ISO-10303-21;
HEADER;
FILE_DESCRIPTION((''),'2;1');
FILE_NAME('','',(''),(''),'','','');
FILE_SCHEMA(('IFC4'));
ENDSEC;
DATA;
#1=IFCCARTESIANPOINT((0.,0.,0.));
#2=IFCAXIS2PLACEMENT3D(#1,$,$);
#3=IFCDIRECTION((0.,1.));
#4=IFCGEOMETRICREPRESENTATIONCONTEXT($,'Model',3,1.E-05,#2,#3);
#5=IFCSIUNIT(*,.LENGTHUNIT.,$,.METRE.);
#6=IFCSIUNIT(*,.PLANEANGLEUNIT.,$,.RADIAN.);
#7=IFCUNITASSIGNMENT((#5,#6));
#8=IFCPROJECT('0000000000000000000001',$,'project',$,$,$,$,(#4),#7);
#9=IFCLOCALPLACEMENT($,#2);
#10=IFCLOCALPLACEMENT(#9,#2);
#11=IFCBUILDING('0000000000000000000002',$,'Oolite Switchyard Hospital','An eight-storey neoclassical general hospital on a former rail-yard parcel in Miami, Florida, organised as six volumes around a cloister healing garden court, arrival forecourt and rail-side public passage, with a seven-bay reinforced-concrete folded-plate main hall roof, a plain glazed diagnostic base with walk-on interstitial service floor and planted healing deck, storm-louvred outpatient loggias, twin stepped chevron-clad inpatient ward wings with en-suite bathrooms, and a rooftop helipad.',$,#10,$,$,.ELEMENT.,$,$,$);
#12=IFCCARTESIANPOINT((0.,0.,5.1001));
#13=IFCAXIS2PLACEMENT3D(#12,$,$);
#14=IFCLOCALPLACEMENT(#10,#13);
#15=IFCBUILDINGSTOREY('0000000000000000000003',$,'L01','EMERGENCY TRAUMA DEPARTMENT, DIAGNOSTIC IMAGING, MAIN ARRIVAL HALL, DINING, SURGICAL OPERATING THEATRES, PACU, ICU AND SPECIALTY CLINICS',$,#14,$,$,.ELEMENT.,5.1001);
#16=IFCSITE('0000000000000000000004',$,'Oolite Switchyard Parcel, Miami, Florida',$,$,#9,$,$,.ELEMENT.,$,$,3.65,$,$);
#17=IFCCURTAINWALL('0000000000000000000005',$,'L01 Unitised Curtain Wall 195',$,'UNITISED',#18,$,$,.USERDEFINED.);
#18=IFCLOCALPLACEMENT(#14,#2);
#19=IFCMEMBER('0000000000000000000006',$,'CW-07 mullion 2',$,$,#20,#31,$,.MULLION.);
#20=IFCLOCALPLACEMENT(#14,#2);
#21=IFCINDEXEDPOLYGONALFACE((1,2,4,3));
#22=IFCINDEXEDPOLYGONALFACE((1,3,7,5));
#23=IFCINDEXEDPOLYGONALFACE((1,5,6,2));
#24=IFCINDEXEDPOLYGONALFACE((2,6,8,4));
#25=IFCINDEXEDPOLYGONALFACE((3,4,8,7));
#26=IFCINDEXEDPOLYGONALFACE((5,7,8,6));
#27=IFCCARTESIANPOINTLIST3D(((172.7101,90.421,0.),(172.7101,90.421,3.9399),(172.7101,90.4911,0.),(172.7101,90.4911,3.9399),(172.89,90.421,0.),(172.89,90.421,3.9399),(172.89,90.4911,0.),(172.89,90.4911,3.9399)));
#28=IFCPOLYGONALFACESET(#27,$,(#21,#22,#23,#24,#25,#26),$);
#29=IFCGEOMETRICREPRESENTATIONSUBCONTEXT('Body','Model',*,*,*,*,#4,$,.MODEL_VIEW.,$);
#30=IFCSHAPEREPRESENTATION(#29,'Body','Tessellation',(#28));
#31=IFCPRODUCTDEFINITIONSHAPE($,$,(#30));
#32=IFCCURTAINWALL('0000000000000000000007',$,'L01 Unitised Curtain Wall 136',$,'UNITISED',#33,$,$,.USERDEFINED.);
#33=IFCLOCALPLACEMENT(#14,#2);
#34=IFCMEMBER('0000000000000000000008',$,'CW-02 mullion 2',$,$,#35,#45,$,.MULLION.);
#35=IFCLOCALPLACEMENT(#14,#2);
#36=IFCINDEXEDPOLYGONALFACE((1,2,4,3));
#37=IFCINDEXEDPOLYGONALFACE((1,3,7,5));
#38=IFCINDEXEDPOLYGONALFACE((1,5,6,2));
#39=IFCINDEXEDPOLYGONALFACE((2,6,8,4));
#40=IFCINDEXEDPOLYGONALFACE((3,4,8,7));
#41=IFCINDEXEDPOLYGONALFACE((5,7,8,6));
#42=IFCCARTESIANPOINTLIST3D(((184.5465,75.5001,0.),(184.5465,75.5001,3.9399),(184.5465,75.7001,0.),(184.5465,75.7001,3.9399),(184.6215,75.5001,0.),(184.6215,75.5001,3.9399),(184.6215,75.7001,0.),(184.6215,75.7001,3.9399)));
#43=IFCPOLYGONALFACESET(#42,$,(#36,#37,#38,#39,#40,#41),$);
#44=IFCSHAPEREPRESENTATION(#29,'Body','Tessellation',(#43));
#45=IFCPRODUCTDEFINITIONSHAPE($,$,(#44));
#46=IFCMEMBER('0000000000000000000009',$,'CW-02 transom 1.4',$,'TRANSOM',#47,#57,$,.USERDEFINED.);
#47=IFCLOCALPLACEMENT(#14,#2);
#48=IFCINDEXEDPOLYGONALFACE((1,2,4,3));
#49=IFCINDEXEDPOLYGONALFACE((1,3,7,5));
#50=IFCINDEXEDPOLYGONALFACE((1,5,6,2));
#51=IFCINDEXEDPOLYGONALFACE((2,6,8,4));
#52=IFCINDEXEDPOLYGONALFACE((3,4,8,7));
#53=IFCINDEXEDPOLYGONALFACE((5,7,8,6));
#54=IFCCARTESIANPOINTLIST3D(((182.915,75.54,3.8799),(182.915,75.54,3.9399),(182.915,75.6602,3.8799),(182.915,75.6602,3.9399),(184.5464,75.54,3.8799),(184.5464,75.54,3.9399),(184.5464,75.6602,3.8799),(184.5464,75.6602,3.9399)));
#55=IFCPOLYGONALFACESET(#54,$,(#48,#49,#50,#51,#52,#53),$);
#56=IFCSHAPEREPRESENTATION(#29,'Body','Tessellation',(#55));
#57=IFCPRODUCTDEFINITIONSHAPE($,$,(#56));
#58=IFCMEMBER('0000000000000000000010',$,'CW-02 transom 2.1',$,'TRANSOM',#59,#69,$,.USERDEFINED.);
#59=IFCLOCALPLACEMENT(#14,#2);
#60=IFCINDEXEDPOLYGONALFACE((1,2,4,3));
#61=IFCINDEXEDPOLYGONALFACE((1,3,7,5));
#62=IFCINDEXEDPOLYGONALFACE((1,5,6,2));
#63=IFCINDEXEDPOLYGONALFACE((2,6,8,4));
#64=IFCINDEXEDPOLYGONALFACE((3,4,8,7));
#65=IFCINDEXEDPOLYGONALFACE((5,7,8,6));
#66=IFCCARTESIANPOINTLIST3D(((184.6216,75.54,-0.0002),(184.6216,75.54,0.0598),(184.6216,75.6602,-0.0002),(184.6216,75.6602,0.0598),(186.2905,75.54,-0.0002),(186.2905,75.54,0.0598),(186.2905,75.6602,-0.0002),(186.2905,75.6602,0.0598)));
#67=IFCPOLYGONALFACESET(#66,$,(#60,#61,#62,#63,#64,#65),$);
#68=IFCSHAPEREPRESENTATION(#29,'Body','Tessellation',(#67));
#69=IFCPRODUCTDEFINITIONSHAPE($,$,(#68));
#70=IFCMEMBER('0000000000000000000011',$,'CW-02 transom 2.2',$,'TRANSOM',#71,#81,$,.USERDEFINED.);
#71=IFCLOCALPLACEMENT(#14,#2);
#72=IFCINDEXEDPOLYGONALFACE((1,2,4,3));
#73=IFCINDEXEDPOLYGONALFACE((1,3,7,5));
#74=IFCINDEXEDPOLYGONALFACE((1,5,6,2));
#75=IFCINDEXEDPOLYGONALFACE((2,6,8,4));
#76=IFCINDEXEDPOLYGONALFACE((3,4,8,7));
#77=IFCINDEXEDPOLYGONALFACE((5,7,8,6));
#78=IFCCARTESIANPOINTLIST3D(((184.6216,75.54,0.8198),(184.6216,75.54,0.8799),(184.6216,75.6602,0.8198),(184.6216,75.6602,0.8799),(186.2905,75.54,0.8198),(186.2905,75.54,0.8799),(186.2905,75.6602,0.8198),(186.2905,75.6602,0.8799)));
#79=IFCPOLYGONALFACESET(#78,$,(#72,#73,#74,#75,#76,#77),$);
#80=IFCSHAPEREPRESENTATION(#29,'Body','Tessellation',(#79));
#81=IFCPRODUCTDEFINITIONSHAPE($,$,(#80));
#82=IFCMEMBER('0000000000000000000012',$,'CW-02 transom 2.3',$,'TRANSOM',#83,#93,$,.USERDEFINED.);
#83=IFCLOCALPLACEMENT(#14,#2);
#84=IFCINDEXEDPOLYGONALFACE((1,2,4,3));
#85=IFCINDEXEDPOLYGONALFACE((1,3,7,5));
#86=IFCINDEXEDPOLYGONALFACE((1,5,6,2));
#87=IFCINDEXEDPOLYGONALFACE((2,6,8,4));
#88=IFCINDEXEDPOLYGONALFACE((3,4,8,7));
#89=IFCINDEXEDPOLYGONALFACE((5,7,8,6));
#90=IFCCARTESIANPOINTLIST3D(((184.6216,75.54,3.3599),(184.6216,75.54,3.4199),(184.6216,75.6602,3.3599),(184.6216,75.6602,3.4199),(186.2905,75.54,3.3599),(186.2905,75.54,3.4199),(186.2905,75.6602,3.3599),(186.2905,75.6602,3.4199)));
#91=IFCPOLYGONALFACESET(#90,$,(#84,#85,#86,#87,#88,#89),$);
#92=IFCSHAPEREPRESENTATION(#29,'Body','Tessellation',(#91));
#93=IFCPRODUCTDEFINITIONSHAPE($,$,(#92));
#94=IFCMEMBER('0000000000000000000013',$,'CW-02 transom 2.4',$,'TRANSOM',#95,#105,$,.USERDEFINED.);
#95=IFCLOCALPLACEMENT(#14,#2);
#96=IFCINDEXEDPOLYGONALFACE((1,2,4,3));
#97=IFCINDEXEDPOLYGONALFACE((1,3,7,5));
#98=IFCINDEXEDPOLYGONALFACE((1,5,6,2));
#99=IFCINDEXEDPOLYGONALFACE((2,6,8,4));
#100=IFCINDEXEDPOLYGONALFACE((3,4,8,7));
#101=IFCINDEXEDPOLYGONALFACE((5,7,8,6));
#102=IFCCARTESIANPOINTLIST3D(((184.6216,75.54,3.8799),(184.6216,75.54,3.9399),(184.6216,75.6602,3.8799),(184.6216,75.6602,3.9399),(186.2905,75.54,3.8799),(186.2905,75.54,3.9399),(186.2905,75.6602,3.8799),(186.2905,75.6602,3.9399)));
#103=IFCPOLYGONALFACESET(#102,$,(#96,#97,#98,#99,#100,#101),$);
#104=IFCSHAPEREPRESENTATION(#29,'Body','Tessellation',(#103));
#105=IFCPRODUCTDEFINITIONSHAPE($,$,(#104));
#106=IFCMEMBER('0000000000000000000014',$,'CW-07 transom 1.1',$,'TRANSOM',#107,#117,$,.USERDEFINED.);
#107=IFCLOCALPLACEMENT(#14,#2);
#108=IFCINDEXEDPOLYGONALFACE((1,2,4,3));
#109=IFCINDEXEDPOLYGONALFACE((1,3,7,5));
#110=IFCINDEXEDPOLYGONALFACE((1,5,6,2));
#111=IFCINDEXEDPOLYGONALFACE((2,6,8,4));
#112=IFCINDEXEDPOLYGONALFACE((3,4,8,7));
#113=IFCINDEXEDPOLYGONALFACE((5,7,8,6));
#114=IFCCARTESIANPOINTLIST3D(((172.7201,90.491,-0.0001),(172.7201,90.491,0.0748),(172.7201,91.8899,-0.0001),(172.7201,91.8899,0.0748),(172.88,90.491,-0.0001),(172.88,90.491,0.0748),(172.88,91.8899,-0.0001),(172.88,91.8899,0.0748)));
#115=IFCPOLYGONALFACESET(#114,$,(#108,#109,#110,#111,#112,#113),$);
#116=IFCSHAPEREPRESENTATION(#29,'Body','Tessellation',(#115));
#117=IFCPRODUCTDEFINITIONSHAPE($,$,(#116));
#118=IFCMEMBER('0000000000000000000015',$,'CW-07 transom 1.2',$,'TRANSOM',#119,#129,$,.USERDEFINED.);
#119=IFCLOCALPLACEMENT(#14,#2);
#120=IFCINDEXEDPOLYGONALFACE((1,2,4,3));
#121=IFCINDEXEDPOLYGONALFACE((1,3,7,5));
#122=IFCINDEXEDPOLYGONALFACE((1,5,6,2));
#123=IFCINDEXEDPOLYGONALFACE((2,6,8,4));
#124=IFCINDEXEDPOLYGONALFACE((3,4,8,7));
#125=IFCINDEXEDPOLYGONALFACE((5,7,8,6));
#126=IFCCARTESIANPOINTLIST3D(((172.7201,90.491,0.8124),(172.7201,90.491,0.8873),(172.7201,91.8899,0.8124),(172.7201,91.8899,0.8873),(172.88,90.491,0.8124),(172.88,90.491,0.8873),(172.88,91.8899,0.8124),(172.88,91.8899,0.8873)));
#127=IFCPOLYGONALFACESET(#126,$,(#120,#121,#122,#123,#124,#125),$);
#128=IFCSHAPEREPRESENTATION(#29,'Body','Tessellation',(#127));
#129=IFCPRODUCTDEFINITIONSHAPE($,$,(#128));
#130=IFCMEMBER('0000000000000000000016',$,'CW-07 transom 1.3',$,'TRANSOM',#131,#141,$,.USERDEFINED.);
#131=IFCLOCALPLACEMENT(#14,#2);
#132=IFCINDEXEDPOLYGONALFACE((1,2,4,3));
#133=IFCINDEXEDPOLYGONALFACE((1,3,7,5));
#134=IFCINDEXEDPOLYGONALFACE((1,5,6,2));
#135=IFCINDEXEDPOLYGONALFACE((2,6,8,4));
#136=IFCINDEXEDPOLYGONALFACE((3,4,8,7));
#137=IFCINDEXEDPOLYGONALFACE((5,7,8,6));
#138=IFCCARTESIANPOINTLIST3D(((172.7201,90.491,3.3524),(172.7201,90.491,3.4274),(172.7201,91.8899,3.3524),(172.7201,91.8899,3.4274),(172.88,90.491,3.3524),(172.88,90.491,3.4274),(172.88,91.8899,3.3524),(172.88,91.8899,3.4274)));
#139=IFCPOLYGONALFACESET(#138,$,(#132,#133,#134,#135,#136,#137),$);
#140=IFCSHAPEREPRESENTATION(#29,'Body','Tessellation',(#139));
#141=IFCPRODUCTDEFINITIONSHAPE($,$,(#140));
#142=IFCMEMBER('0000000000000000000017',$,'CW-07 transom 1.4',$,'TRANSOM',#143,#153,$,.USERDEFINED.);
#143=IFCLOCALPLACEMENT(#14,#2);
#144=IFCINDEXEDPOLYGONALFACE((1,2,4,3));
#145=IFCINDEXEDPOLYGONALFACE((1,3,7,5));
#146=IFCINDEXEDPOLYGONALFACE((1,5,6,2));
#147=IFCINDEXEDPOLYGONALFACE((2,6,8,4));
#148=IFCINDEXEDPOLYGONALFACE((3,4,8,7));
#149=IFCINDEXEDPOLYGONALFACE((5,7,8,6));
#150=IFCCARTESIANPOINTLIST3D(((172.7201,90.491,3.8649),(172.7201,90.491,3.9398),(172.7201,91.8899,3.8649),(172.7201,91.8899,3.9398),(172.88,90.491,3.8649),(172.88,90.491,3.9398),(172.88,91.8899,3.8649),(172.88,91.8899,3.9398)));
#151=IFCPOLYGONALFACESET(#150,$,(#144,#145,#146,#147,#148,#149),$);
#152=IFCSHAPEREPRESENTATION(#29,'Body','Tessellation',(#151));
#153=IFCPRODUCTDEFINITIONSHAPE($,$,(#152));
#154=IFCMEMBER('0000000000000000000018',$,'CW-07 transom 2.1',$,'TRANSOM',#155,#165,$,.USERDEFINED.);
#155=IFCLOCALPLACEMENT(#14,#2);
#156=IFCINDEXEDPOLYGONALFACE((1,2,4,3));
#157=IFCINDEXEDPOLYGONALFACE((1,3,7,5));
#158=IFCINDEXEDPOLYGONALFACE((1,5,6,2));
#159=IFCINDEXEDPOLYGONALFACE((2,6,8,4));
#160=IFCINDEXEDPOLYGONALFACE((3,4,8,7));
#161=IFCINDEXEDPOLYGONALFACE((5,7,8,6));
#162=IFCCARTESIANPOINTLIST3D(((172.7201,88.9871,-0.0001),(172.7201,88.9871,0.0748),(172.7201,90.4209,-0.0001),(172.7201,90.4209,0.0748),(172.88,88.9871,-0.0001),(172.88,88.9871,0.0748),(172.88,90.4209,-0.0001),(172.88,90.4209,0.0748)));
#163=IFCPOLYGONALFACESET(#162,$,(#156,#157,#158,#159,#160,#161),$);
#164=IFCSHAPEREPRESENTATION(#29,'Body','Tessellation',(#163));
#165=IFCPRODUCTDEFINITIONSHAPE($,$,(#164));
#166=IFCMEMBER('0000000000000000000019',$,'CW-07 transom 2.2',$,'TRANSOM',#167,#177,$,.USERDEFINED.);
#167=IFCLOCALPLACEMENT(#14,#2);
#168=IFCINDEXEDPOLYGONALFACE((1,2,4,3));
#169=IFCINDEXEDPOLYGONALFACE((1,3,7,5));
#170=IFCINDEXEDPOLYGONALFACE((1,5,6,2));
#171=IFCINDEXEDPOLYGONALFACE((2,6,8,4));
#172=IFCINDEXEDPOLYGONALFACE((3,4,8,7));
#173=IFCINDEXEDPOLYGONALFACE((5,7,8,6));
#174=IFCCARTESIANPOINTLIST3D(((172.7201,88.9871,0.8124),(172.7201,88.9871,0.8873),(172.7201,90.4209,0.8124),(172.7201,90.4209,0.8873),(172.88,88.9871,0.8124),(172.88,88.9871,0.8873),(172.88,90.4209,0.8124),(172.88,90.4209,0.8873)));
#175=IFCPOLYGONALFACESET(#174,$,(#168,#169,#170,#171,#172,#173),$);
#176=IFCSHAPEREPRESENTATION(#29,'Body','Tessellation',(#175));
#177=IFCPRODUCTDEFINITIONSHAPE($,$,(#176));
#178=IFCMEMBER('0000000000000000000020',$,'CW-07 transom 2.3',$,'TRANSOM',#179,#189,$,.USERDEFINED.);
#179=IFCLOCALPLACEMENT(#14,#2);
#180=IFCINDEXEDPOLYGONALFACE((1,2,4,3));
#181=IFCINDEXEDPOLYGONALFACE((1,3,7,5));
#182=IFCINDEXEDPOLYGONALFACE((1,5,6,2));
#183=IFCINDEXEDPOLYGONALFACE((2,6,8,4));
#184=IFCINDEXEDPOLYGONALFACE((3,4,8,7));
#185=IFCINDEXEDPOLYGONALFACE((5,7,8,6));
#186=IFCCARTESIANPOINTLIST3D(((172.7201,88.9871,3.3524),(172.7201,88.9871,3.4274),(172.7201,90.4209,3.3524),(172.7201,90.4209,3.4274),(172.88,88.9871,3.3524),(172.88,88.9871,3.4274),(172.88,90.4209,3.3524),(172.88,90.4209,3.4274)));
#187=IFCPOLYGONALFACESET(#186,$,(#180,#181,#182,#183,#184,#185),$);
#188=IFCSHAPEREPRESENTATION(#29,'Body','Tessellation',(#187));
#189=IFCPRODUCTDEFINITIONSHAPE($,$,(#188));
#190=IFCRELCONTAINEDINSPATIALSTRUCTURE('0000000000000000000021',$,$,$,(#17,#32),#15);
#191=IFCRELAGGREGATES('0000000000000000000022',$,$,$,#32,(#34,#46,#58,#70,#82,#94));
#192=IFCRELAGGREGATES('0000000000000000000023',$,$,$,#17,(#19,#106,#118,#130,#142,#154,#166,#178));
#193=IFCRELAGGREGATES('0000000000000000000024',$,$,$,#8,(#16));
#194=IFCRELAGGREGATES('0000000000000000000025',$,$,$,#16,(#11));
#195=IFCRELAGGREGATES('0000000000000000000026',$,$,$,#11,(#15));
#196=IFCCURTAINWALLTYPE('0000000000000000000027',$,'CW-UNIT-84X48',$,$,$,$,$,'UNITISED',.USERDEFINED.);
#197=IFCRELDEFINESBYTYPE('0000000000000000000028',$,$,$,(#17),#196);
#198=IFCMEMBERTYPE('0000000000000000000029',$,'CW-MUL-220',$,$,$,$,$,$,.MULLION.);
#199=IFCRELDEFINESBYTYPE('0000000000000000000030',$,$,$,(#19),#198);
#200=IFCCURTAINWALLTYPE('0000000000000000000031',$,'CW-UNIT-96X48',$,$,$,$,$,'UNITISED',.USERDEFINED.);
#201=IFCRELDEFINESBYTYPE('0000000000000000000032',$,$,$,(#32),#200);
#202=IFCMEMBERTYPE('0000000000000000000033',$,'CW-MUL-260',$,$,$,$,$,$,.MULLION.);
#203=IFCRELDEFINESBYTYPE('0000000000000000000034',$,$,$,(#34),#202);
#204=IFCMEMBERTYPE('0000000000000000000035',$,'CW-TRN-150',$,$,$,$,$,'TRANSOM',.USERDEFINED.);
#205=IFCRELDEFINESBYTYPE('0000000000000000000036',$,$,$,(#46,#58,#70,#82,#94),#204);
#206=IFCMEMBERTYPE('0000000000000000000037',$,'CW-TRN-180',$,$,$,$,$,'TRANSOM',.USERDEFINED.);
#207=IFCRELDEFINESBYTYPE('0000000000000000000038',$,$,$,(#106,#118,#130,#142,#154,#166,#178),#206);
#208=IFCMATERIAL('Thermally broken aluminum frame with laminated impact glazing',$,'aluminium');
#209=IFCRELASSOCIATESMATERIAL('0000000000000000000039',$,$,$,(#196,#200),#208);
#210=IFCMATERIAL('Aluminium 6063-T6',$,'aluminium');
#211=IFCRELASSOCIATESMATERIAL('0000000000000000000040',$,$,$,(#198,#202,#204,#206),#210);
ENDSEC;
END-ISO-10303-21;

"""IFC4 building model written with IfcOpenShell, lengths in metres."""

from ifc_helpers import new_model, si_unit, direction, frame, origin, origin_2d, place, context, subcontext, project, spatial, rectangle, extrude, material, material_profile, profile_set, type_object, element, aggregate, save


model = new_model("IFC4")

# Units and contexts
model_context = context("Model", 3, precision=1e-05, world=origin(), true_north=direction((0.0, 1.0)))
body_context = subcontext(model_context, "Body", "Model", "MODEL_VIEW")
ifc_project = project(units=[si_unit("LENGTHUNIT", "METRE"), si_unit("PLANEANGLEUNIT", "RADIAN")], contexts=[model_context])

# Site, building, storey
site_placement = place(None, origin())
site = spatial("IfcSite", under=ifc_project, at=site_placement, Name="Oolite Switchyard Parcel, Miami, Florida", CompositionType="ELEMENT", RefElevation=3.65)
building_placement = place(site_placement, origin())
building = spatial("IfcBuilding", under=site, at=building_placement, Name="Oolite Switchyard Hospital", Description="An eight-storey neoclassical general hospital on a former rail-yard parcel in Miami, Florida, organised as six volumes around a cloister healing garden court, arrival forecourt and rail-side public passage, with a seven-bay reinforced-concrete folded-plate main hall roof, a plain glazed diagnostic base with walk-on interstitial service floor and planted healing deck, storm-louvred outpatient loggias, twin stepped chevron-clad inpatient ward wings with en-suite bathrooms, and a rooftop helipad.", CompositionType="ELEMENT")
storey_placement = place(building_placement, frame((0.0, 0.0, 5.1001)))
storey = spatial("IfcBuildingStorey", under=building, at=storey_placement, Name="L01", Description="EMERGENCY TRAUMA DEPARTMENT, DIAGNOSTIC IMAGING, MAIN ARRIVAL HALL, DINING, SURGICAL OPERATING THEATRES, PACU, ICU AND SPECIALTY CLINICS", CompositionType="ELEMENT", Elevation=5.1001)

# Curtain wall, member
ifc_material_1 = material(Name="Thermally broken aluminum frame with laminated impact glazing", Category="aluminium")
curtain_wall_type_1 = type_object("IfcCurtainWallType", Name="CW-UNIT-84X48", ElementType="UNITISED", PredefinedType="USERDEFINED", material=ifc_material_1)
curtain_wall_1_placement = place(storey_placement, origin())
curtain_wall_1 = element("IfcCurtainWall", 1, at=curtain_wall_1_placement, inside=storey, type_object=curtain_wall_type_1, Name="L01 Unitised Curtain Wall 195", ObjectType="UNITISED", PredefinedType="USERDEFINED")
ifc_material_2 = material(Name="Aluminium 6063-T6", Category="aluminium")
ifc_material_profile_1 = material_profile(ifc_material_2, rectangle(XDim=0.1799, YDim=0.0701, at=origin_2d()), Name="CWM70X180")
ifc_profile_set_1 = profile_set([ifc_material_profile_1], Name="Aluminium 6063-T6")
member_type_1 = type_object("IfcMemberType", Name="CW-MUL-220", PredefinedType="MULLION", material=ifc_profile_set_1)
member_1_placement = place(storey_placement, frame((172.8, 90.4561, 0.0), z_axis=(0.0, 0.0, 1.0), x_axis=(1.0, 0.0, 0.0)))
member_1 = element("IfcMember", 2, at=member_1_placement, type_object=member_type_1, Name="CW-07 mullion 2", PredefinedType="MULLION", context=body_context, shape_type="SweptSolid", body=[
    extrude(rectangle(XDim=0.1799, YDim=0.0701, at=origin_2d()), origin(), (0.0, 0.0, 1.0), 3.9399),
])

# Curtain wall, members
curtain_wall_type_2 = type_object("IfcCurtainWallType", Name="CW-UNIT-96X48", ElementType="UNITISED", PredefinedType="USERDEFINED", material=ifc_material_1)
curtain_wall_2_placement = place(storey_placement, origin())
curtain_wall_2 = element("IfcCurtainWall", 3, at=curtain_wall_2_placement, inside=storey, type_object=curtain_wall_type_2, Name="L01 Unitised Curtain Wall 136", ObjectType="UNITISED", PredefinedType="USERDEFINED")
ifc_material_profile_2 = material_profile(ifc_material_2, rectangle(XDim=0.2, YDim=0.075, at=origin_2d()), Name="CWM75X200")
ifc_profile_set_2 = profile_set([ifc_material_profile_2], Name="Aluminium 6063-T6")
member_type_2 = type_object("IfcMemberType", Name="CW-MUL-260", PredefinedType="MULLION", material=ifc_profile_set_2)
member_2_placement = place(storey_placement, frame((184.584, 75.6001, 0.0), z_axis=(0.0, 0.0, 1.0), x_axis=(0.0, 1.0, 0.0)))
member_2 = element("IfcMember", 4, at=member_2_placement, type_object=member_type_2, Name="CW-02 mullion 2", PredefinedType="MULLION", context=body_context, shape_type="SweptSolid", body=[
    extrude(rectangle(XDim=0.2, YDim=0.075, at=origin_2d()), origin(), (0.0, 0.0, 1.0), 3.9399),
])
ifc_material_profile_3 = material_profile(ifc_material_2, rectangle(XDim=0.1201, YDim=0.0601, at=origin_2d()), Name="CWT60X120")
ifc_profile_set_3 = profile_set([ifc_material_profile_3], Name="Aluminium 6063-T6")
member_type_3 = type_object("IfcMemberType", Name="CW-TRN-150", ElementType="TRANSOM", PredefinedType="USERDEFINED", material=ifc_profile_set_3)
member_3_placement = place(storey_placement, frame((182.915, 75.6001, 3.9099), z_axis=(1.0, 0.0, 0.0), x_axis=(0.0, 1.0, 0.0)))
member_3 = element("IfcMember", 5, at=member_3_placement, type_object=member_type_3, Name="CW-02 transom 1.4", ObjectType="TRANSOM", PredefinedType="USERDEFINED", context=body_context, shape_type="SweptSolid", body=[
    extrude(rectangle(XDim=0.1201, YDim=0.0601, at=origin_2d()), origin(), (0.0, 0.0, 1.0), 1.6313),
])
member_4_placement = place(storey_placement, frame((184.6216, 75.6001, 0.0298), z_axis=(1.0, 0.0, 0.0), x_axis=(0.0, 1.0, 0.0)))
member_4 = element("IfcMember", 6, at=member_4_placement, type_object=member_type_3, Name="CW-02 transom 2.1", ObjectType="TRANSOM", PredefinedType="USERDEFINED", context=body_context, shape_type="SweptSolid", body=[
    extrude(rectangle(XDim=0.1201, YDim=0.0601, at=origin_2d()), origin(), (0.0, 0.0, 1.0), 1.6689),
])
member_5_placement = place(storey_placement, frame((184.6216, 75.6001, 0.8499), z_axis=(1.0, 0.0, 0.0), x_axis=(0.0, 1.0, 0.0)))
member_5 = element("IfcMember", 7, at=member_5_placement, type_object=member_type_3, Name="CW-02 transom 2.2", ObjectType="TRANSOM", PredefinedType="USERDEFINED", context=body_context, shape_type="SweptSolid", body=[
    extrude(rectangle(XDim=0.1201, YDim=0.0601, at=origin_2d()), origin(), (0.0, 0.0, 1.0), 1.6689),
])
member_6_placement = place(storey_placement, frame((184.6216, 75.6001, 3.3899), z_axis=(1.0, 0.0, 0.0), x_axis=(0.0, 1.0, 0.0)))
member_6 = element("IfcMember", 8, at=member_6_placement, type_object=member_type_3, Name="CW-02 transom 2.3", ObjectType="TRANSOM", PredefinedType="USERDEFINED", context=body_context, shape_type="SweptSolid", body=[
    extrude(rectangle(XDim=0.1201, YDim=0.0601, at=origin_2d()), origin(), (0.0, 0.0, 1.0), 1.6689),
])
member_7_placement = place(storey_placement, frame((184.6216, 75.6001, 3.9099), z_axis=(1.0, 0.0, 0.0), x_axis=(0.0, 1.0, 0.0)))
member_7 = element("IfcMember", 9, at=member_7_placement, type_object=member_type_3, Name="CW-02 transom 2.4", ObjectType="TRANSOM", PredefinedType="USERDEFINED", context=body_context, shape_type="SweptSolid", body=[
    extrude(rectangle(XDim=0.1201, YDim=0.0601, at=origin_2d()), origin(), (0.0, 0.0, 1.0), 1.6689),
])

# Members
ifc_material_profile_4 = material_profile(ifc_material_2, rectangle(XDim=0.1599, YDim=0.075, at=origin_2d()), Name="CWT75X160")
ifc_profile_set_4 = profile_set([ifc_material_profile_4], Name="Aluminium 6063-T6")
member_type_4 = type_object("IfcMemberType", Name="CW-TRN-180", ElementType="TRANSOM", PredefinedType="USERDEFINED", material=ifc_profile_set_4)
member_8_placement = place(storey_placement, frame((172.8, 91.8899, 0.0374), z_axis=(0.0, -1.0, 0.0), x_axis=(1.0, 0.0, 0.0)))
member_8 = element("IfcMember", 10, at=member_8_placement, type_object=member_type_4, Name="CW-07 transom 1.1", ObjectType="TRANSOM", PredefinedType="USERDEFINED", context=body_context, shape_type="SweptSolid", body=[
    extrude(rectangle(XDim=0.1599, YDim=0.075, at=origin_2d()), origin(), (0.0, 0.0, 1.0), 1.3989),
])
member_9_placement = place(storey_placement, frame((172.8, 91.8899, 0.8499), z_axis=(0.0, -1.0, 0.0), x_axis=(1.0, 0.0, 0.0)))
member_9 = element("IfcMember", 11, at=member_9_placement, type_object=member_type_4, Name="CW-07 transom 1.2", ObjectType="TRANSOM", PredefinedType="USERDEFINED", context=body_context, shape_type="SweptSolid", body=[
    extrude(rectangle(XDim=0.1599, YDim=0.075, at=origin_2d()), origin(), (0.0, 0.0, 1.0), 1.3989),
])
member_10_placement = place(storey_placement, frame((172.8, 91.8899, 3.3899), z_axis=(0.0, -1.0, 0.0), x_axis=(1.0, 0.0, 0.0)))
member_10 = element("IfcMember", 12, at=member_10_placement, type_object=member_type_4, Name="CW-07 transom 1.3", ObjectType="TRANSOM", PredefinedType="USERDEFINED", context=body_context, shape_type="SweptSolid", body=[
    extrude(rectangle(XDim=0.1599, YDim=0.075, at=origin_2d()), origin(), (0.0, 0.0, 1.0), 1.3989),
])
member_11_placement = place(storey_placement, frame((172.8, 91.8899, 3.9023), z_axis=(0.0, -1.0, 0.0), x_axis=(1.0, 0.0, 0.0)))
member_11 = element("IfcMember", 13, at=member_11_placement, type_object=member_type_4, Name="CW-07 transom 1.4", ObjectType="TRANSOM", PredefinedType="USERDEFINED", context=body_context, shape_type="SweptSolid", body=[
    extrude(rectangle(XDim=0.1599, YDim=0.075, at=origin_2d()), origin(), (0.0, 0.0, 1.0), 1.3989),
])
member_12_placement = place(storey_placement, frame((172.8, 90.4209, 0.0374), z_axis=(0.0, -1.0, 0.0), x_axis=(1.0, 0.0, 0.0)))
member_12 = element("IfcMember", 14, at=member_12_placement, type_object=member_type_4, Name="CW-07 transom 2.1", ObjectType="TRANSOM", PredefinedType="USERDEFINED", context=body_context, shape_type="SweptSolid", body=[
    extrude(rectangle(XDim=0.1599, YDim=0.075, at=origin_2d()), origin(), (0.0, 0.0, 1.0), 1.4338),
])
member_13_placement = place(storey_placement, frame((172.8, 90.4209, 0.8499), z_axis=(0.0, -1.0, 0.0), x_axis=(1.0, 0.0, 0.0)))
member_13 = element("IfcMember", 15, at=member_13_placement, type_object=member_type_4, Name="CW-07 transom 2.2", ObjectType="TRANSOM", PredefinedType="USERDEFINED", context=body_context, shape_type="SweptSolid", body=[
    extrude(rectangle(XDim=0.1599, YDim=0.075, at=origin_2d()), origin(), (0.0, 0.0, 1.0), 1.4338),
])
member_14_placement = place(storey_placement, frame((172.8, 90.4209, 3.3899), z_axis=(0.0, -1.0, 0.0), x_axis=(1.0, 0.0, 0.0)))
member_14 = element("IfcMember", 16, at=member_14_placement, type_object=member_type_4, Name="CW-07 transom 2.3", ObjectType="TRANSOM", PredefinedType="USERDEFINED", context=body_context, shape_type="SweptSolid", body=[
    extrude(rectangle(XDim=0.1599, YDim=0.075, at=origin_2d()), origin(), (0.0, 0.0, 1.0), 1.4338),
])

aggregate(curtain_wall_2, [member_2, member_3, member_4, member_5, member_6, member_7])
aggregate(curtain_wall_1, [member_1, member_8, member_9, member_10, member_11, member_12, member_13, member_14])

save(model, "model.ifc")
